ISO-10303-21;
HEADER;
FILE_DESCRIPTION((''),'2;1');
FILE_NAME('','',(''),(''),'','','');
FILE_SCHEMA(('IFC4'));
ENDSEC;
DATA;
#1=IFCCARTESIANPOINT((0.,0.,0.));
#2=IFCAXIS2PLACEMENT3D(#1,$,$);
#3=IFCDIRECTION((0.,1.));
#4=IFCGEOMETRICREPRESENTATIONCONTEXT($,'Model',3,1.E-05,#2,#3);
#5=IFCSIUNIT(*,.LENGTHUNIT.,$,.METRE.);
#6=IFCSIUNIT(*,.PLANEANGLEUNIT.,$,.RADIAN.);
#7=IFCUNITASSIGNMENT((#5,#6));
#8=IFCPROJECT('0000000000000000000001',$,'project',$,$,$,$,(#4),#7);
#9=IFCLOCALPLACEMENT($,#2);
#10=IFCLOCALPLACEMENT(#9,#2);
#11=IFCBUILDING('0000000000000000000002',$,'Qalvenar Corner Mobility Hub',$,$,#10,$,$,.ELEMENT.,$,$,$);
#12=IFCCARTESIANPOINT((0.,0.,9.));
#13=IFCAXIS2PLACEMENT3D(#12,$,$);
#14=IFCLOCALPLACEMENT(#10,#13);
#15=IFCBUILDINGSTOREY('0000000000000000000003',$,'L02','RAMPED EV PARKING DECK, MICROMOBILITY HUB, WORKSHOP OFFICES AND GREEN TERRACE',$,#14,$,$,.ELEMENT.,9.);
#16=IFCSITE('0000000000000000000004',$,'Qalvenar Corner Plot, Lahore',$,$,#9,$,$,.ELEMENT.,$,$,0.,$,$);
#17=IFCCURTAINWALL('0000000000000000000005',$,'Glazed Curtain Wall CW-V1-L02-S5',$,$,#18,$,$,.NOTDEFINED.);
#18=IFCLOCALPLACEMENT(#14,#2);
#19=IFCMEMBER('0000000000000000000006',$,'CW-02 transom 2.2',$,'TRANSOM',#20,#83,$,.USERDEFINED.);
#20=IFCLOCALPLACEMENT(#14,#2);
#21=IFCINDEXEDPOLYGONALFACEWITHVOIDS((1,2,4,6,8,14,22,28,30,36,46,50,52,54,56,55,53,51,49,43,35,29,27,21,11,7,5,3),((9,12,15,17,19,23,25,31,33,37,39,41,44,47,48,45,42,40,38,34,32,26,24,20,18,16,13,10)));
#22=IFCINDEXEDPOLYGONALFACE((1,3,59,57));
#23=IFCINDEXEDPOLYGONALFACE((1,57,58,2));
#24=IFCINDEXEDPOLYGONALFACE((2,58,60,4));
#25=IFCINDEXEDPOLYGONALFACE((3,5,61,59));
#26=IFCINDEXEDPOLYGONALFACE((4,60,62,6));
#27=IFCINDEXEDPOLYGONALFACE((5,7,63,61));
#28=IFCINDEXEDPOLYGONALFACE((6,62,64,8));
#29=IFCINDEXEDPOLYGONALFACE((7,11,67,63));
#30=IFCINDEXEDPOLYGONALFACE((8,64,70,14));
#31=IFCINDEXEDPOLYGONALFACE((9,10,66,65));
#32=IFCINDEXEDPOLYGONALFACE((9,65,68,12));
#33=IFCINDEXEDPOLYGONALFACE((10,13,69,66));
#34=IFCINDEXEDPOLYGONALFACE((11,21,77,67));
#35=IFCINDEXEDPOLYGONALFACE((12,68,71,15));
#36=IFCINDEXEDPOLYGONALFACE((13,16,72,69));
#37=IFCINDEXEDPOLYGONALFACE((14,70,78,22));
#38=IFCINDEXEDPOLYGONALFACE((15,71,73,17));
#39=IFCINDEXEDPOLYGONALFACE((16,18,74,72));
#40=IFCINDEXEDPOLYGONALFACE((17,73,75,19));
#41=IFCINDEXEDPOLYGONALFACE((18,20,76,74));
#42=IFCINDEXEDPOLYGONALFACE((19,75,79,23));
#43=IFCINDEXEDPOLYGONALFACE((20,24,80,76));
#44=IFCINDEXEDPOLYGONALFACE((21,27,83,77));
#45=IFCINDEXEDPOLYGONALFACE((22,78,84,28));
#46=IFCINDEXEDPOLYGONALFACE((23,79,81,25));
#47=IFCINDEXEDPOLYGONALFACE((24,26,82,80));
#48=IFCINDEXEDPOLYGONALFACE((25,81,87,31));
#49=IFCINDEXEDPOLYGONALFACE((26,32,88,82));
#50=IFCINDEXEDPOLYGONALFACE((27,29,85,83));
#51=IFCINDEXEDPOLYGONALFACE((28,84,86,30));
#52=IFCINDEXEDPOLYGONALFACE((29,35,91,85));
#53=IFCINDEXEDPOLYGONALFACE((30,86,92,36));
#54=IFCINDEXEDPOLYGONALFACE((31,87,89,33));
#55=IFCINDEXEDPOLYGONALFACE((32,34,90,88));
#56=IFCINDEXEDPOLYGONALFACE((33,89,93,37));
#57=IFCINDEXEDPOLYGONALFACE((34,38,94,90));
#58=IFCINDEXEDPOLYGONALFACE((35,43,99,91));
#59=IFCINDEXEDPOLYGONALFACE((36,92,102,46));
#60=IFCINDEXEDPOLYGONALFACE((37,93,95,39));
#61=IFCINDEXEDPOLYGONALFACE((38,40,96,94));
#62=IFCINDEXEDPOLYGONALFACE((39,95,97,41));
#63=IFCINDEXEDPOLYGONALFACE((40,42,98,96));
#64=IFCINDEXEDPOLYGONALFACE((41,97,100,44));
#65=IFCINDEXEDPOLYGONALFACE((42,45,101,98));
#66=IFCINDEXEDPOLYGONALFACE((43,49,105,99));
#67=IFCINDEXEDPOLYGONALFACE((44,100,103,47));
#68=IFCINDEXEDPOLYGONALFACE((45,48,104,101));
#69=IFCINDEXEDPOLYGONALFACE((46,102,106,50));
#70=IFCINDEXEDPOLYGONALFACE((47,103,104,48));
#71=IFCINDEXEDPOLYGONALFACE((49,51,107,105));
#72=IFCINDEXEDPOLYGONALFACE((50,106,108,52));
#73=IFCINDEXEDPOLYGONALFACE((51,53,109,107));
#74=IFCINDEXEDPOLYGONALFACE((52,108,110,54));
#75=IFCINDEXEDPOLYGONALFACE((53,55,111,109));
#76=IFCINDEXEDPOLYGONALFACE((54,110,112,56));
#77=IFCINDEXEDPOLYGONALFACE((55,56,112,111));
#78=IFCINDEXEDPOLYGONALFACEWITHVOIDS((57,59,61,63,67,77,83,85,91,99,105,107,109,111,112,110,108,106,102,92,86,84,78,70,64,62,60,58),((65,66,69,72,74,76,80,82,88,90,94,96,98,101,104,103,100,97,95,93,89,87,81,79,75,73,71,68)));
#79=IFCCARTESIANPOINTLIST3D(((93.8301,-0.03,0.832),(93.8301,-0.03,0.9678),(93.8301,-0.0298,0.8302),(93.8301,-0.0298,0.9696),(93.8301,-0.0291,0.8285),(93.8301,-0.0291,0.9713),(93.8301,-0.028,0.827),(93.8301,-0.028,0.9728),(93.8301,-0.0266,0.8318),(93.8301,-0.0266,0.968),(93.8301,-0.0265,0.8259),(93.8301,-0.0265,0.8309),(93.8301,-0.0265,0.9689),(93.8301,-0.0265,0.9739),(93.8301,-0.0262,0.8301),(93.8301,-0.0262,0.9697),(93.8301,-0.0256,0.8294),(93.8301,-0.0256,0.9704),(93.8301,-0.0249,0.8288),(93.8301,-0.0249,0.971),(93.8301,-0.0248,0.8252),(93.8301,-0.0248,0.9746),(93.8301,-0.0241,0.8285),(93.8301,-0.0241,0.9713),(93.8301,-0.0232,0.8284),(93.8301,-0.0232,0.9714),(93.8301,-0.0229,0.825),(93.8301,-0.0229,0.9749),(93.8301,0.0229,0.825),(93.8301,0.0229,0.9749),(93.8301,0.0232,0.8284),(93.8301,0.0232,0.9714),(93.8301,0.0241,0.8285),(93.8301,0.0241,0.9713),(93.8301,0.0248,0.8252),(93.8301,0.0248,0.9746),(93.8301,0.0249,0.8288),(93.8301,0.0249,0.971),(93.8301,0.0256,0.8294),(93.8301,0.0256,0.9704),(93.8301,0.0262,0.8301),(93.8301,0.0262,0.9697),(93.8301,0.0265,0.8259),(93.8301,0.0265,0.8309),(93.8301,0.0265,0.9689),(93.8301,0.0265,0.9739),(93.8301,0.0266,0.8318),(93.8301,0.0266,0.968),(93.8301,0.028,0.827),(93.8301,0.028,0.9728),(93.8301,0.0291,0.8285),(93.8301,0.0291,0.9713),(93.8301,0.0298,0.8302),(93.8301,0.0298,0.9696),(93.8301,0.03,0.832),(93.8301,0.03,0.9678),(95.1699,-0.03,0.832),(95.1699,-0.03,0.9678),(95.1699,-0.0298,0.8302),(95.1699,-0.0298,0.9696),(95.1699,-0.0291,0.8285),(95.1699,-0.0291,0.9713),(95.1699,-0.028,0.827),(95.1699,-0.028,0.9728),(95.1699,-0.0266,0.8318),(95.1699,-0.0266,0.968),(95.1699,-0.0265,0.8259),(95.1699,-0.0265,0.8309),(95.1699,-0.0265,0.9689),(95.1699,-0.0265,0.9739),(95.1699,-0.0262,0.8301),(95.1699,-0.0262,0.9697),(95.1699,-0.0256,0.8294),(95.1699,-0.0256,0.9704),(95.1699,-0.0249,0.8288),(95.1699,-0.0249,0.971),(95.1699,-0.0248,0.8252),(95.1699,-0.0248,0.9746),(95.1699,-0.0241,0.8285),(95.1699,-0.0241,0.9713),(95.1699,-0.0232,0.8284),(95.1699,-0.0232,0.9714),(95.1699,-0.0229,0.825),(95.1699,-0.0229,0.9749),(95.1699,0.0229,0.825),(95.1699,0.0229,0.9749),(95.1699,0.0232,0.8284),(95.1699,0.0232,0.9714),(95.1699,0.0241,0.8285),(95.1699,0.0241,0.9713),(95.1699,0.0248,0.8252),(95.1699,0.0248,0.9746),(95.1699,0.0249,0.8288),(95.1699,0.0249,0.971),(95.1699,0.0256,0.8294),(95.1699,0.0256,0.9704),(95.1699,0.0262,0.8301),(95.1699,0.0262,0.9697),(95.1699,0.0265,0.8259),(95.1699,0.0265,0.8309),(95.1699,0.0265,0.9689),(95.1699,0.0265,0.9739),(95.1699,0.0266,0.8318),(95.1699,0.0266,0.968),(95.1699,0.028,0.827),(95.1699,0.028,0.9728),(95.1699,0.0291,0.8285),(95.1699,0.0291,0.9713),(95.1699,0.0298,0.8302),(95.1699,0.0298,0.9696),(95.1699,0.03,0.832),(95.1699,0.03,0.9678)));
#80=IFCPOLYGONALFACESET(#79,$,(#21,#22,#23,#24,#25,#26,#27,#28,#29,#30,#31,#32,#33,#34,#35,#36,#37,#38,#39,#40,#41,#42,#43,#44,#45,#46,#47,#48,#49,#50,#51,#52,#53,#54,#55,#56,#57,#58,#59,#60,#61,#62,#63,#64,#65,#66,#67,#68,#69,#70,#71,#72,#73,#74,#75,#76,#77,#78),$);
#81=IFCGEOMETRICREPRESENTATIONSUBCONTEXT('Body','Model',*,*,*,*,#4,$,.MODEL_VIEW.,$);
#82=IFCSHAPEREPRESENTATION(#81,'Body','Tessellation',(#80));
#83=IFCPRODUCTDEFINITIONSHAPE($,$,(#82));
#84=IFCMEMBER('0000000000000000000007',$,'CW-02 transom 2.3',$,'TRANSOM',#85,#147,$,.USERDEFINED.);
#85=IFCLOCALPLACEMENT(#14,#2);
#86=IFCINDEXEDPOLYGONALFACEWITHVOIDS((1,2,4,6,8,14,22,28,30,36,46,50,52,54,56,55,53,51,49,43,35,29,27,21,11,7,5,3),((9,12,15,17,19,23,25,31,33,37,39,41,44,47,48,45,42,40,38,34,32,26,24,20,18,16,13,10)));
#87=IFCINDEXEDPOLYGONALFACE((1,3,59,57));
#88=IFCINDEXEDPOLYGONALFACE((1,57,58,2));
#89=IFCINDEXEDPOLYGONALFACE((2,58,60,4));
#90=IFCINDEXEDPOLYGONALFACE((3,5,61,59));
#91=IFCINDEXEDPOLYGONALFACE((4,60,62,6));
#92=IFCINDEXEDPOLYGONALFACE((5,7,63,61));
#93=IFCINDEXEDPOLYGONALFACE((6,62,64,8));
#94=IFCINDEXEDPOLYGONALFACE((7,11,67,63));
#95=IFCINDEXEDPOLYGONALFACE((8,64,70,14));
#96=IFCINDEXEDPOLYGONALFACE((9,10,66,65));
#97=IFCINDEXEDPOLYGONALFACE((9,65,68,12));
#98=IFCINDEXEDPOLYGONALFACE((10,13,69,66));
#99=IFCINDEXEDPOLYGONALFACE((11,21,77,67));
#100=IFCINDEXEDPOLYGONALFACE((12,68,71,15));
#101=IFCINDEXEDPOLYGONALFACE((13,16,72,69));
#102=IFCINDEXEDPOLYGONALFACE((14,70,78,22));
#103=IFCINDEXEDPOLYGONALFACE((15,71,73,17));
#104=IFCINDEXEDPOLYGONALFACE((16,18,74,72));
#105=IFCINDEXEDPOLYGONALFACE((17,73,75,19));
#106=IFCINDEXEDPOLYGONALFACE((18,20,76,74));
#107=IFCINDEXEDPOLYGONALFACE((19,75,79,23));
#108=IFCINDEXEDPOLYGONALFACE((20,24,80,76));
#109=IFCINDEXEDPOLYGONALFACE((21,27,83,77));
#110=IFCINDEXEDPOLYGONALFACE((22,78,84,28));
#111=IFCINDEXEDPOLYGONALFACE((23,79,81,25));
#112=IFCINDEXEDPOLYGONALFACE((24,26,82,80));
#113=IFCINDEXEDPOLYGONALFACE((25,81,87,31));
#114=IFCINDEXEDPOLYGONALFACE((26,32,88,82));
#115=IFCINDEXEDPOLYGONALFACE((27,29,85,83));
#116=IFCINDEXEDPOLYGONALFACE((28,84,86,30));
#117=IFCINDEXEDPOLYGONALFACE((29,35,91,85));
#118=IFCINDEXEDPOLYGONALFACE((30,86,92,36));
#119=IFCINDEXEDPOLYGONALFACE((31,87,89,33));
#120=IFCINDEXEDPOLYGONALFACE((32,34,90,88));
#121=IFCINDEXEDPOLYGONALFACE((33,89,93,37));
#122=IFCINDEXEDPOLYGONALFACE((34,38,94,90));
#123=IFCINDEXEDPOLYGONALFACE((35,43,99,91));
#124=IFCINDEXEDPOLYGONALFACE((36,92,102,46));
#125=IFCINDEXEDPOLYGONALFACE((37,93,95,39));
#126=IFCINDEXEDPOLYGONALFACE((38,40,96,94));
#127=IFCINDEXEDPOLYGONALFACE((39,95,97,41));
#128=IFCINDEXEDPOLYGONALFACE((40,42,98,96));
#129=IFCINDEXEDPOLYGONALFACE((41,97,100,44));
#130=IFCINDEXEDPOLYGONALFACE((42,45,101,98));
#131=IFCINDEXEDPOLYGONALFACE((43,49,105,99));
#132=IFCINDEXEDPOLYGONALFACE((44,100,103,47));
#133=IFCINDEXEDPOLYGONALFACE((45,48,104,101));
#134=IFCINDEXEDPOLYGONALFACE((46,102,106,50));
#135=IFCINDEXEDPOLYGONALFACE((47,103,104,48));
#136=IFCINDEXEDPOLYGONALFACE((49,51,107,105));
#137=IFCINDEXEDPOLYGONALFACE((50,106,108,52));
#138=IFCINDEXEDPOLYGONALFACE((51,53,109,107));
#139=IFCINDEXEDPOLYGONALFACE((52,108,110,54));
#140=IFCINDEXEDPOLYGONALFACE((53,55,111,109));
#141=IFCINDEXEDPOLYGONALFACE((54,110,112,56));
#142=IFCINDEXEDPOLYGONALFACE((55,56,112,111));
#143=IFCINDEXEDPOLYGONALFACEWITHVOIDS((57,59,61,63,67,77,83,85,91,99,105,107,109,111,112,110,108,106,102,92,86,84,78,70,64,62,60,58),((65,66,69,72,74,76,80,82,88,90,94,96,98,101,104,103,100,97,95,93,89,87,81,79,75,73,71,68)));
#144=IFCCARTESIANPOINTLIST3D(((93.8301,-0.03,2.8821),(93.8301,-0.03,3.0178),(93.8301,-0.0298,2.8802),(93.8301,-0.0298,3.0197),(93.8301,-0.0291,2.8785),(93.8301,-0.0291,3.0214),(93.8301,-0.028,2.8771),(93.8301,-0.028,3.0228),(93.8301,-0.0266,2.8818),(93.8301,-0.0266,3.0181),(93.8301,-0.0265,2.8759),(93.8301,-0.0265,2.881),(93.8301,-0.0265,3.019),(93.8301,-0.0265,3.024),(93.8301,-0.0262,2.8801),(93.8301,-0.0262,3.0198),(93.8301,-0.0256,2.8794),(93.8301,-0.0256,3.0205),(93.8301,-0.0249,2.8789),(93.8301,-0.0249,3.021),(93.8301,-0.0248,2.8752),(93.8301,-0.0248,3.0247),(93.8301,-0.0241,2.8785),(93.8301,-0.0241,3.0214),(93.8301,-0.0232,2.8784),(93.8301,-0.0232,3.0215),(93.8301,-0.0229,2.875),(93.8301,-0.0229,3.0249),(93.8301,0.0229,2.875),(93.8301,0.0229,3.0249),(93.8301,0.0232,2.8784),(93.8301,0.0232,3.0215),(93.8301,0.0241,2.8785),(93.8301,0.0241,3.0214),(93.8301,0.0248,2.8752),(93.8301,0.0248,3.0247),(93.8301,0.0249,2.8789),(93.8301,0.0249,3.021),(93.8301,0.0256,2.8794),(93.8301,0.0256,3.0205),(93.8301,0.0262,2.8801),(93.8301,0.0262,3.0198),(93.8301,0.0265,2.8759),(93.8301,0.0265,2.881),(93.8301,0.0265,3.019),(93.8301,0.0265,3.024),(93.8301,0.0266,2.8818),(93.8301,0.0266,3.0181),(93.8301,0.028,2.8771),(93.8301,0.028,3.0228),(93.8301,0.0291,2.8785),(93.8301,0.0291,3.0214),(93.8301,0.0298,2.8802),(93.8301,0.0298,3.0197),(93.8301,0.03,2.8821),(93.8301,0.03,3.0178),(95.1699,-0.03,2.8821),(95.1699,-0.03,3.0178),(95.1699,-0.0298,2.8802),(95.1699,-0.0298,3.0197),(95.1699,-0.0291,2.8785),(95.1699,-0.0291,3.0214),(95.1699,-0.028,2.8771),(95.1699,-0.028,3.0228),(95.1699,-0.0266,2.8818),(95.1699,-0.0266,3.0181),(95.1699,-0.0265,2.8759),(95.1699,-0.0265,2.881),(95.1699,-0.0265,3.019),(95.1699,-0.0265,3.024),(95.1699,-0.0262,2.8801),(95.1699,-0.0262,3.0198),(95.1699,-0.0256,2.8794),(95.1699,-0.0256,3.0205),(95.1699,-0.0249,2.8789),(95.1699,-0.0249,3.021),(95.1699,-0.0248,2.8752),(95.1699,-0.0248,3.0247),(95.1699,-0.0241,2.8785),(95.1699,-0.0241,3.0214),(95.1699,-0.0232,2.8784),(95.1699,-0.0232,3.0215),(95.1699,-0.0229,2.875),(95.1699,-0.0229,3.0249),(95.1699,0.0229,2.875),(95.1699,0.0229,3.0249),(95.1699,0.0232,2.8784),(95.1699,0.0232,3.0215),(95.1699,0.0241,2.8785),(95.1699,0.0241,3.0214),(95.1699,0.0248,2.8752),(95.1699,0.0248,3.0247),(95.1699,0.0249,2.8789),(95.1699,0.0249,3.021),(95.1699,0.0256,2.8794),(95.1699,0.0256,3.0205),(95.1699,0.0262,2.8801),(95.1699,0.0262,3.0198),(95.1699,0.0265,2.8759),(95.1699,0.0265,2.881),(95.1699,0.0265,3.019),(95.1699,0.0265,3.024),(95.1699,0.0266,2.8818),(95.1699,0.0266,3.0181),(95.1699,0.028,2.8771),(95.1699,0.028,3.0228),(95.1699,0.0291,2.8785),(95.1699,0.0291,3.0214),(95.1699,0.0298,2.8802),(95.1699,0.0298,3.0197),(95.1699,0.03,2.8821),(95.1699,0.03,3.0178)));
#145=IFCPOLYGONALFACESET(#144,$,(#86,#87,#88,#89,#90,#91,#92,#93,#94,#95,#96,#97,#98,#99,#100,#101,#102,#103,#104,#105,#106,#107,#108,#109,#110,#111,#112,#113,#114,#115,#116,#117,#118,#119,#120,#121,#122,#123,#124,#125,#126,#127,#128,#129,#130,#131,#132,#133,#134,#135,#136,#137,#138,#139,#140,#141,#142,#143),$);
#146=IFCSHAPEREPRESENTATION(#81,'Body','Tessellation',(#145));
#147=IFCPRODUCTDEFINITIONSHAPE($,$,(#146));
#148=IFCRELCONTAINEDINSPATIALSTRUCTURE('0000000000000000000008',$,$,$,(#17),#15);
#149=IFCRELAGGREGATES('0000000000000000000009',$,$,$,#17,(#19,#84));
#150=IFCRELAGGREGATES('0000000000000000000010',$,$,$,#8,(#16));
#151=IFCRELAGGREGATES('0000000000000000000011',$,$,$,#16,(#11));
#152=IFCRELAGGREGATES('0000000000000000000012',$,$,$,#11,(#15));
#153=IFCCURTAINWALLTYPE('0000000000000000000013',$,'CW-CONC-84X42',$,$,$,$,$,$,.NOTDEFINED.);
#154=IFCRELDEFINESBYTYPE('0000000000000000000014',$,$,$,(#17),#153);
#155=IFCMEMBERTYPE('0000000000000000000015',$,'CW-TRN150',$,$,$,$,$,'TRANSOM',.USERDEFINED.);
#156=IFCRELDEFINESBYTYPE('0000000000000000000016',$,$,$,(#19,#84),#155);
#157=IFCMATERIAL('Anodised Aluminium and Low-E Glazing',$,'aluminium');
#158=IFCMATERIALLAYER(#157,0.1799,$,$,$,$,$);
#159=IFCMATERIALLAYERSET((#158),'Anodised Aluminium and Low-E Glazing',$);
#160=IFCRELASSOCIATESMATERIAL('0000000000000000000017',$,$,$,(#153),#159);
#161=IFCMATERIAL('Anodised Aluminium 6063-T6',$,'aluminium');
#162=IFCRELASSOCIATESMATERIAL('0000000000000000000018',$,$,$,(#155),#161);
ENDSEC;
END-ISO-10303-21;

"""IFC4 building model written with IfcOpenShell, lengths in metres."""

from ifc_helpers import new_model, si_unit, direction, frame, origin, origin_2d, place, context, subcontext, project, spatial, hollow_rectangle, extrude, material, layer, layer_set, material_profile, profile_set, type_object, element, aggregate, save


model = new_model("IFC4")

# Units and contexts
model_context = context("Model", 3, precision=1e-05, world=origin(), true_north=direction((0.0, 1.0)))
body_context = subcontext(model_context, "Body", "Model", "MODEL_VIEW")
ifc_project = project(units=[si_unit("LENGTHUNIT", "METRE"), si_unit("PLANEANGLEUNIT", "RADIAN")], contexts=[model_context])

# Site, building, storey
site_placement = place(None, origin())
site = spatial("IfcSite", under=ifc_project, at=site_placement, Name="Qalvenar Corner Plot, Lahore", CompositionType="ELEMENT", RefElevation=0.0)
building_placement = place(site_placement, origin())
building = spatial("IfcBuilding", under=site, at=building_placement, Name="Qalvenar Corner Mobility Hub", CompositionType="ELEMENT")
storey_placement = place(building_placement, frame((0.0, 0.0, 9.0)))
storey = spatial("IfcBuildingStorey", under=building, at=storey_placement, Name="L02", Description="RAMPED EV PARKING DECK, MICROMOBILITY HUB, WORKSHOP OFFICES AND GREEN TERRACE", CompositionType="ELEMENT", Elevation=9.0)

# Shared definitions
ifc_material_1 = material(Name="Anodised Aluminium and Low-E Glazing", Category="aluminium")
ifc_layer_1 = layer(ifc_material_1, 0.1799)
ifc_layer_set_1 = layer_set([ifc_layer_1], Name="Anodised Aluminium and Low-E Glazing")
curtain_wall_type = type_object("IfcCurtainWallType", Name="CW-CONC-84X42", PredefinedType="NOTDEFINED", material=ifc_layer_set_1)
ifc_material_2 = material(Name="Anodised Aluminium 6063-T6", Category="aluminium")

# Curtain wall, members
curtain_wall_1_placement = place(storey_placement, origin())
curtain_wall_1 = element("IfcCurtainWall", 1, at=curtain_wall_1_placement, inside=storey, type_object=curtain_wall_type, Name="Glazed Curtain Wall CW-V1-L02-S5", PredefinedType="NOTDEFINED")
ifc_material_profile_1 = material_profile(ifc_material_2, hollow_rectangle(XDim=0.0601, YDim=0.1499, WallThickness=0.0034, InnerFilletRadius=0.0034, OuterFilletRadius=0.0071, at=origin_2d()), Name="RHS150x60x3.5")
ifc_profile_set_1 = profile_set([ifc_material_profile_1], Name="Anodised Aluminium 6063-T6")
member_type_1 = type_object("IfcMemberType", Name="CW-TRN150", ElementType="TRANSOM", PredefinedType="USERDEFINED", material=ifc_profile_set_1)
member_1_placement = place(storey_placement, frame((93.8301, 0.0, 0.8999), z_axis=(1.0, 0.0, 0.0), x_axis=(0.0, 1.0, 0.0)))
member_1 = element("IfcMember", 2, at=member_1_placement, type_object=member_type_1, Name="CW-02 transom 2.2", ObjectType="TRANSOM", PredefinedType="USERDEFINED", context=body_context, shape_type="SweptSolid", body=[
    extrude(hollow_rectangle(XDim=0.0601, YDim=0.1499, WallThickness=0.0034, InnerFilletRadius=0.0034, OuterFilletRadius=0.0071, at=origin_2d()), origin(), (0.0, 0.0, 1.0), 1.3398),
])
member_2_placement = place(storey_placement, frame((93.8301, 0.0, 2.95), z_axis=(1.0, 0.0, 0.0), x_axis=(0.0, 1.0, 0.0)))
member_2 = element("IfcMember", 3, at=member_2_placement, type_object=member_type_1, Name="CW-02 transom 2.3", ObjectType="TRANSOM", PredefinedType="USERDEFINED", context=body_context, shape_type="SweptSolid", body=[
    extrude(hollow_rectangle(XDim=0.0601, YDim=0.1499, WallThickness=0.0034, InnerFilletRadius=0.0034, OuterFilletRadius=0.0071, at=origin_2d()), origin(), (0.0, 0.0, 1.0), 1.3398),
])

aggregate(curtain_wall_1, [member_1, member_2])

save(model, "model.ifc")
